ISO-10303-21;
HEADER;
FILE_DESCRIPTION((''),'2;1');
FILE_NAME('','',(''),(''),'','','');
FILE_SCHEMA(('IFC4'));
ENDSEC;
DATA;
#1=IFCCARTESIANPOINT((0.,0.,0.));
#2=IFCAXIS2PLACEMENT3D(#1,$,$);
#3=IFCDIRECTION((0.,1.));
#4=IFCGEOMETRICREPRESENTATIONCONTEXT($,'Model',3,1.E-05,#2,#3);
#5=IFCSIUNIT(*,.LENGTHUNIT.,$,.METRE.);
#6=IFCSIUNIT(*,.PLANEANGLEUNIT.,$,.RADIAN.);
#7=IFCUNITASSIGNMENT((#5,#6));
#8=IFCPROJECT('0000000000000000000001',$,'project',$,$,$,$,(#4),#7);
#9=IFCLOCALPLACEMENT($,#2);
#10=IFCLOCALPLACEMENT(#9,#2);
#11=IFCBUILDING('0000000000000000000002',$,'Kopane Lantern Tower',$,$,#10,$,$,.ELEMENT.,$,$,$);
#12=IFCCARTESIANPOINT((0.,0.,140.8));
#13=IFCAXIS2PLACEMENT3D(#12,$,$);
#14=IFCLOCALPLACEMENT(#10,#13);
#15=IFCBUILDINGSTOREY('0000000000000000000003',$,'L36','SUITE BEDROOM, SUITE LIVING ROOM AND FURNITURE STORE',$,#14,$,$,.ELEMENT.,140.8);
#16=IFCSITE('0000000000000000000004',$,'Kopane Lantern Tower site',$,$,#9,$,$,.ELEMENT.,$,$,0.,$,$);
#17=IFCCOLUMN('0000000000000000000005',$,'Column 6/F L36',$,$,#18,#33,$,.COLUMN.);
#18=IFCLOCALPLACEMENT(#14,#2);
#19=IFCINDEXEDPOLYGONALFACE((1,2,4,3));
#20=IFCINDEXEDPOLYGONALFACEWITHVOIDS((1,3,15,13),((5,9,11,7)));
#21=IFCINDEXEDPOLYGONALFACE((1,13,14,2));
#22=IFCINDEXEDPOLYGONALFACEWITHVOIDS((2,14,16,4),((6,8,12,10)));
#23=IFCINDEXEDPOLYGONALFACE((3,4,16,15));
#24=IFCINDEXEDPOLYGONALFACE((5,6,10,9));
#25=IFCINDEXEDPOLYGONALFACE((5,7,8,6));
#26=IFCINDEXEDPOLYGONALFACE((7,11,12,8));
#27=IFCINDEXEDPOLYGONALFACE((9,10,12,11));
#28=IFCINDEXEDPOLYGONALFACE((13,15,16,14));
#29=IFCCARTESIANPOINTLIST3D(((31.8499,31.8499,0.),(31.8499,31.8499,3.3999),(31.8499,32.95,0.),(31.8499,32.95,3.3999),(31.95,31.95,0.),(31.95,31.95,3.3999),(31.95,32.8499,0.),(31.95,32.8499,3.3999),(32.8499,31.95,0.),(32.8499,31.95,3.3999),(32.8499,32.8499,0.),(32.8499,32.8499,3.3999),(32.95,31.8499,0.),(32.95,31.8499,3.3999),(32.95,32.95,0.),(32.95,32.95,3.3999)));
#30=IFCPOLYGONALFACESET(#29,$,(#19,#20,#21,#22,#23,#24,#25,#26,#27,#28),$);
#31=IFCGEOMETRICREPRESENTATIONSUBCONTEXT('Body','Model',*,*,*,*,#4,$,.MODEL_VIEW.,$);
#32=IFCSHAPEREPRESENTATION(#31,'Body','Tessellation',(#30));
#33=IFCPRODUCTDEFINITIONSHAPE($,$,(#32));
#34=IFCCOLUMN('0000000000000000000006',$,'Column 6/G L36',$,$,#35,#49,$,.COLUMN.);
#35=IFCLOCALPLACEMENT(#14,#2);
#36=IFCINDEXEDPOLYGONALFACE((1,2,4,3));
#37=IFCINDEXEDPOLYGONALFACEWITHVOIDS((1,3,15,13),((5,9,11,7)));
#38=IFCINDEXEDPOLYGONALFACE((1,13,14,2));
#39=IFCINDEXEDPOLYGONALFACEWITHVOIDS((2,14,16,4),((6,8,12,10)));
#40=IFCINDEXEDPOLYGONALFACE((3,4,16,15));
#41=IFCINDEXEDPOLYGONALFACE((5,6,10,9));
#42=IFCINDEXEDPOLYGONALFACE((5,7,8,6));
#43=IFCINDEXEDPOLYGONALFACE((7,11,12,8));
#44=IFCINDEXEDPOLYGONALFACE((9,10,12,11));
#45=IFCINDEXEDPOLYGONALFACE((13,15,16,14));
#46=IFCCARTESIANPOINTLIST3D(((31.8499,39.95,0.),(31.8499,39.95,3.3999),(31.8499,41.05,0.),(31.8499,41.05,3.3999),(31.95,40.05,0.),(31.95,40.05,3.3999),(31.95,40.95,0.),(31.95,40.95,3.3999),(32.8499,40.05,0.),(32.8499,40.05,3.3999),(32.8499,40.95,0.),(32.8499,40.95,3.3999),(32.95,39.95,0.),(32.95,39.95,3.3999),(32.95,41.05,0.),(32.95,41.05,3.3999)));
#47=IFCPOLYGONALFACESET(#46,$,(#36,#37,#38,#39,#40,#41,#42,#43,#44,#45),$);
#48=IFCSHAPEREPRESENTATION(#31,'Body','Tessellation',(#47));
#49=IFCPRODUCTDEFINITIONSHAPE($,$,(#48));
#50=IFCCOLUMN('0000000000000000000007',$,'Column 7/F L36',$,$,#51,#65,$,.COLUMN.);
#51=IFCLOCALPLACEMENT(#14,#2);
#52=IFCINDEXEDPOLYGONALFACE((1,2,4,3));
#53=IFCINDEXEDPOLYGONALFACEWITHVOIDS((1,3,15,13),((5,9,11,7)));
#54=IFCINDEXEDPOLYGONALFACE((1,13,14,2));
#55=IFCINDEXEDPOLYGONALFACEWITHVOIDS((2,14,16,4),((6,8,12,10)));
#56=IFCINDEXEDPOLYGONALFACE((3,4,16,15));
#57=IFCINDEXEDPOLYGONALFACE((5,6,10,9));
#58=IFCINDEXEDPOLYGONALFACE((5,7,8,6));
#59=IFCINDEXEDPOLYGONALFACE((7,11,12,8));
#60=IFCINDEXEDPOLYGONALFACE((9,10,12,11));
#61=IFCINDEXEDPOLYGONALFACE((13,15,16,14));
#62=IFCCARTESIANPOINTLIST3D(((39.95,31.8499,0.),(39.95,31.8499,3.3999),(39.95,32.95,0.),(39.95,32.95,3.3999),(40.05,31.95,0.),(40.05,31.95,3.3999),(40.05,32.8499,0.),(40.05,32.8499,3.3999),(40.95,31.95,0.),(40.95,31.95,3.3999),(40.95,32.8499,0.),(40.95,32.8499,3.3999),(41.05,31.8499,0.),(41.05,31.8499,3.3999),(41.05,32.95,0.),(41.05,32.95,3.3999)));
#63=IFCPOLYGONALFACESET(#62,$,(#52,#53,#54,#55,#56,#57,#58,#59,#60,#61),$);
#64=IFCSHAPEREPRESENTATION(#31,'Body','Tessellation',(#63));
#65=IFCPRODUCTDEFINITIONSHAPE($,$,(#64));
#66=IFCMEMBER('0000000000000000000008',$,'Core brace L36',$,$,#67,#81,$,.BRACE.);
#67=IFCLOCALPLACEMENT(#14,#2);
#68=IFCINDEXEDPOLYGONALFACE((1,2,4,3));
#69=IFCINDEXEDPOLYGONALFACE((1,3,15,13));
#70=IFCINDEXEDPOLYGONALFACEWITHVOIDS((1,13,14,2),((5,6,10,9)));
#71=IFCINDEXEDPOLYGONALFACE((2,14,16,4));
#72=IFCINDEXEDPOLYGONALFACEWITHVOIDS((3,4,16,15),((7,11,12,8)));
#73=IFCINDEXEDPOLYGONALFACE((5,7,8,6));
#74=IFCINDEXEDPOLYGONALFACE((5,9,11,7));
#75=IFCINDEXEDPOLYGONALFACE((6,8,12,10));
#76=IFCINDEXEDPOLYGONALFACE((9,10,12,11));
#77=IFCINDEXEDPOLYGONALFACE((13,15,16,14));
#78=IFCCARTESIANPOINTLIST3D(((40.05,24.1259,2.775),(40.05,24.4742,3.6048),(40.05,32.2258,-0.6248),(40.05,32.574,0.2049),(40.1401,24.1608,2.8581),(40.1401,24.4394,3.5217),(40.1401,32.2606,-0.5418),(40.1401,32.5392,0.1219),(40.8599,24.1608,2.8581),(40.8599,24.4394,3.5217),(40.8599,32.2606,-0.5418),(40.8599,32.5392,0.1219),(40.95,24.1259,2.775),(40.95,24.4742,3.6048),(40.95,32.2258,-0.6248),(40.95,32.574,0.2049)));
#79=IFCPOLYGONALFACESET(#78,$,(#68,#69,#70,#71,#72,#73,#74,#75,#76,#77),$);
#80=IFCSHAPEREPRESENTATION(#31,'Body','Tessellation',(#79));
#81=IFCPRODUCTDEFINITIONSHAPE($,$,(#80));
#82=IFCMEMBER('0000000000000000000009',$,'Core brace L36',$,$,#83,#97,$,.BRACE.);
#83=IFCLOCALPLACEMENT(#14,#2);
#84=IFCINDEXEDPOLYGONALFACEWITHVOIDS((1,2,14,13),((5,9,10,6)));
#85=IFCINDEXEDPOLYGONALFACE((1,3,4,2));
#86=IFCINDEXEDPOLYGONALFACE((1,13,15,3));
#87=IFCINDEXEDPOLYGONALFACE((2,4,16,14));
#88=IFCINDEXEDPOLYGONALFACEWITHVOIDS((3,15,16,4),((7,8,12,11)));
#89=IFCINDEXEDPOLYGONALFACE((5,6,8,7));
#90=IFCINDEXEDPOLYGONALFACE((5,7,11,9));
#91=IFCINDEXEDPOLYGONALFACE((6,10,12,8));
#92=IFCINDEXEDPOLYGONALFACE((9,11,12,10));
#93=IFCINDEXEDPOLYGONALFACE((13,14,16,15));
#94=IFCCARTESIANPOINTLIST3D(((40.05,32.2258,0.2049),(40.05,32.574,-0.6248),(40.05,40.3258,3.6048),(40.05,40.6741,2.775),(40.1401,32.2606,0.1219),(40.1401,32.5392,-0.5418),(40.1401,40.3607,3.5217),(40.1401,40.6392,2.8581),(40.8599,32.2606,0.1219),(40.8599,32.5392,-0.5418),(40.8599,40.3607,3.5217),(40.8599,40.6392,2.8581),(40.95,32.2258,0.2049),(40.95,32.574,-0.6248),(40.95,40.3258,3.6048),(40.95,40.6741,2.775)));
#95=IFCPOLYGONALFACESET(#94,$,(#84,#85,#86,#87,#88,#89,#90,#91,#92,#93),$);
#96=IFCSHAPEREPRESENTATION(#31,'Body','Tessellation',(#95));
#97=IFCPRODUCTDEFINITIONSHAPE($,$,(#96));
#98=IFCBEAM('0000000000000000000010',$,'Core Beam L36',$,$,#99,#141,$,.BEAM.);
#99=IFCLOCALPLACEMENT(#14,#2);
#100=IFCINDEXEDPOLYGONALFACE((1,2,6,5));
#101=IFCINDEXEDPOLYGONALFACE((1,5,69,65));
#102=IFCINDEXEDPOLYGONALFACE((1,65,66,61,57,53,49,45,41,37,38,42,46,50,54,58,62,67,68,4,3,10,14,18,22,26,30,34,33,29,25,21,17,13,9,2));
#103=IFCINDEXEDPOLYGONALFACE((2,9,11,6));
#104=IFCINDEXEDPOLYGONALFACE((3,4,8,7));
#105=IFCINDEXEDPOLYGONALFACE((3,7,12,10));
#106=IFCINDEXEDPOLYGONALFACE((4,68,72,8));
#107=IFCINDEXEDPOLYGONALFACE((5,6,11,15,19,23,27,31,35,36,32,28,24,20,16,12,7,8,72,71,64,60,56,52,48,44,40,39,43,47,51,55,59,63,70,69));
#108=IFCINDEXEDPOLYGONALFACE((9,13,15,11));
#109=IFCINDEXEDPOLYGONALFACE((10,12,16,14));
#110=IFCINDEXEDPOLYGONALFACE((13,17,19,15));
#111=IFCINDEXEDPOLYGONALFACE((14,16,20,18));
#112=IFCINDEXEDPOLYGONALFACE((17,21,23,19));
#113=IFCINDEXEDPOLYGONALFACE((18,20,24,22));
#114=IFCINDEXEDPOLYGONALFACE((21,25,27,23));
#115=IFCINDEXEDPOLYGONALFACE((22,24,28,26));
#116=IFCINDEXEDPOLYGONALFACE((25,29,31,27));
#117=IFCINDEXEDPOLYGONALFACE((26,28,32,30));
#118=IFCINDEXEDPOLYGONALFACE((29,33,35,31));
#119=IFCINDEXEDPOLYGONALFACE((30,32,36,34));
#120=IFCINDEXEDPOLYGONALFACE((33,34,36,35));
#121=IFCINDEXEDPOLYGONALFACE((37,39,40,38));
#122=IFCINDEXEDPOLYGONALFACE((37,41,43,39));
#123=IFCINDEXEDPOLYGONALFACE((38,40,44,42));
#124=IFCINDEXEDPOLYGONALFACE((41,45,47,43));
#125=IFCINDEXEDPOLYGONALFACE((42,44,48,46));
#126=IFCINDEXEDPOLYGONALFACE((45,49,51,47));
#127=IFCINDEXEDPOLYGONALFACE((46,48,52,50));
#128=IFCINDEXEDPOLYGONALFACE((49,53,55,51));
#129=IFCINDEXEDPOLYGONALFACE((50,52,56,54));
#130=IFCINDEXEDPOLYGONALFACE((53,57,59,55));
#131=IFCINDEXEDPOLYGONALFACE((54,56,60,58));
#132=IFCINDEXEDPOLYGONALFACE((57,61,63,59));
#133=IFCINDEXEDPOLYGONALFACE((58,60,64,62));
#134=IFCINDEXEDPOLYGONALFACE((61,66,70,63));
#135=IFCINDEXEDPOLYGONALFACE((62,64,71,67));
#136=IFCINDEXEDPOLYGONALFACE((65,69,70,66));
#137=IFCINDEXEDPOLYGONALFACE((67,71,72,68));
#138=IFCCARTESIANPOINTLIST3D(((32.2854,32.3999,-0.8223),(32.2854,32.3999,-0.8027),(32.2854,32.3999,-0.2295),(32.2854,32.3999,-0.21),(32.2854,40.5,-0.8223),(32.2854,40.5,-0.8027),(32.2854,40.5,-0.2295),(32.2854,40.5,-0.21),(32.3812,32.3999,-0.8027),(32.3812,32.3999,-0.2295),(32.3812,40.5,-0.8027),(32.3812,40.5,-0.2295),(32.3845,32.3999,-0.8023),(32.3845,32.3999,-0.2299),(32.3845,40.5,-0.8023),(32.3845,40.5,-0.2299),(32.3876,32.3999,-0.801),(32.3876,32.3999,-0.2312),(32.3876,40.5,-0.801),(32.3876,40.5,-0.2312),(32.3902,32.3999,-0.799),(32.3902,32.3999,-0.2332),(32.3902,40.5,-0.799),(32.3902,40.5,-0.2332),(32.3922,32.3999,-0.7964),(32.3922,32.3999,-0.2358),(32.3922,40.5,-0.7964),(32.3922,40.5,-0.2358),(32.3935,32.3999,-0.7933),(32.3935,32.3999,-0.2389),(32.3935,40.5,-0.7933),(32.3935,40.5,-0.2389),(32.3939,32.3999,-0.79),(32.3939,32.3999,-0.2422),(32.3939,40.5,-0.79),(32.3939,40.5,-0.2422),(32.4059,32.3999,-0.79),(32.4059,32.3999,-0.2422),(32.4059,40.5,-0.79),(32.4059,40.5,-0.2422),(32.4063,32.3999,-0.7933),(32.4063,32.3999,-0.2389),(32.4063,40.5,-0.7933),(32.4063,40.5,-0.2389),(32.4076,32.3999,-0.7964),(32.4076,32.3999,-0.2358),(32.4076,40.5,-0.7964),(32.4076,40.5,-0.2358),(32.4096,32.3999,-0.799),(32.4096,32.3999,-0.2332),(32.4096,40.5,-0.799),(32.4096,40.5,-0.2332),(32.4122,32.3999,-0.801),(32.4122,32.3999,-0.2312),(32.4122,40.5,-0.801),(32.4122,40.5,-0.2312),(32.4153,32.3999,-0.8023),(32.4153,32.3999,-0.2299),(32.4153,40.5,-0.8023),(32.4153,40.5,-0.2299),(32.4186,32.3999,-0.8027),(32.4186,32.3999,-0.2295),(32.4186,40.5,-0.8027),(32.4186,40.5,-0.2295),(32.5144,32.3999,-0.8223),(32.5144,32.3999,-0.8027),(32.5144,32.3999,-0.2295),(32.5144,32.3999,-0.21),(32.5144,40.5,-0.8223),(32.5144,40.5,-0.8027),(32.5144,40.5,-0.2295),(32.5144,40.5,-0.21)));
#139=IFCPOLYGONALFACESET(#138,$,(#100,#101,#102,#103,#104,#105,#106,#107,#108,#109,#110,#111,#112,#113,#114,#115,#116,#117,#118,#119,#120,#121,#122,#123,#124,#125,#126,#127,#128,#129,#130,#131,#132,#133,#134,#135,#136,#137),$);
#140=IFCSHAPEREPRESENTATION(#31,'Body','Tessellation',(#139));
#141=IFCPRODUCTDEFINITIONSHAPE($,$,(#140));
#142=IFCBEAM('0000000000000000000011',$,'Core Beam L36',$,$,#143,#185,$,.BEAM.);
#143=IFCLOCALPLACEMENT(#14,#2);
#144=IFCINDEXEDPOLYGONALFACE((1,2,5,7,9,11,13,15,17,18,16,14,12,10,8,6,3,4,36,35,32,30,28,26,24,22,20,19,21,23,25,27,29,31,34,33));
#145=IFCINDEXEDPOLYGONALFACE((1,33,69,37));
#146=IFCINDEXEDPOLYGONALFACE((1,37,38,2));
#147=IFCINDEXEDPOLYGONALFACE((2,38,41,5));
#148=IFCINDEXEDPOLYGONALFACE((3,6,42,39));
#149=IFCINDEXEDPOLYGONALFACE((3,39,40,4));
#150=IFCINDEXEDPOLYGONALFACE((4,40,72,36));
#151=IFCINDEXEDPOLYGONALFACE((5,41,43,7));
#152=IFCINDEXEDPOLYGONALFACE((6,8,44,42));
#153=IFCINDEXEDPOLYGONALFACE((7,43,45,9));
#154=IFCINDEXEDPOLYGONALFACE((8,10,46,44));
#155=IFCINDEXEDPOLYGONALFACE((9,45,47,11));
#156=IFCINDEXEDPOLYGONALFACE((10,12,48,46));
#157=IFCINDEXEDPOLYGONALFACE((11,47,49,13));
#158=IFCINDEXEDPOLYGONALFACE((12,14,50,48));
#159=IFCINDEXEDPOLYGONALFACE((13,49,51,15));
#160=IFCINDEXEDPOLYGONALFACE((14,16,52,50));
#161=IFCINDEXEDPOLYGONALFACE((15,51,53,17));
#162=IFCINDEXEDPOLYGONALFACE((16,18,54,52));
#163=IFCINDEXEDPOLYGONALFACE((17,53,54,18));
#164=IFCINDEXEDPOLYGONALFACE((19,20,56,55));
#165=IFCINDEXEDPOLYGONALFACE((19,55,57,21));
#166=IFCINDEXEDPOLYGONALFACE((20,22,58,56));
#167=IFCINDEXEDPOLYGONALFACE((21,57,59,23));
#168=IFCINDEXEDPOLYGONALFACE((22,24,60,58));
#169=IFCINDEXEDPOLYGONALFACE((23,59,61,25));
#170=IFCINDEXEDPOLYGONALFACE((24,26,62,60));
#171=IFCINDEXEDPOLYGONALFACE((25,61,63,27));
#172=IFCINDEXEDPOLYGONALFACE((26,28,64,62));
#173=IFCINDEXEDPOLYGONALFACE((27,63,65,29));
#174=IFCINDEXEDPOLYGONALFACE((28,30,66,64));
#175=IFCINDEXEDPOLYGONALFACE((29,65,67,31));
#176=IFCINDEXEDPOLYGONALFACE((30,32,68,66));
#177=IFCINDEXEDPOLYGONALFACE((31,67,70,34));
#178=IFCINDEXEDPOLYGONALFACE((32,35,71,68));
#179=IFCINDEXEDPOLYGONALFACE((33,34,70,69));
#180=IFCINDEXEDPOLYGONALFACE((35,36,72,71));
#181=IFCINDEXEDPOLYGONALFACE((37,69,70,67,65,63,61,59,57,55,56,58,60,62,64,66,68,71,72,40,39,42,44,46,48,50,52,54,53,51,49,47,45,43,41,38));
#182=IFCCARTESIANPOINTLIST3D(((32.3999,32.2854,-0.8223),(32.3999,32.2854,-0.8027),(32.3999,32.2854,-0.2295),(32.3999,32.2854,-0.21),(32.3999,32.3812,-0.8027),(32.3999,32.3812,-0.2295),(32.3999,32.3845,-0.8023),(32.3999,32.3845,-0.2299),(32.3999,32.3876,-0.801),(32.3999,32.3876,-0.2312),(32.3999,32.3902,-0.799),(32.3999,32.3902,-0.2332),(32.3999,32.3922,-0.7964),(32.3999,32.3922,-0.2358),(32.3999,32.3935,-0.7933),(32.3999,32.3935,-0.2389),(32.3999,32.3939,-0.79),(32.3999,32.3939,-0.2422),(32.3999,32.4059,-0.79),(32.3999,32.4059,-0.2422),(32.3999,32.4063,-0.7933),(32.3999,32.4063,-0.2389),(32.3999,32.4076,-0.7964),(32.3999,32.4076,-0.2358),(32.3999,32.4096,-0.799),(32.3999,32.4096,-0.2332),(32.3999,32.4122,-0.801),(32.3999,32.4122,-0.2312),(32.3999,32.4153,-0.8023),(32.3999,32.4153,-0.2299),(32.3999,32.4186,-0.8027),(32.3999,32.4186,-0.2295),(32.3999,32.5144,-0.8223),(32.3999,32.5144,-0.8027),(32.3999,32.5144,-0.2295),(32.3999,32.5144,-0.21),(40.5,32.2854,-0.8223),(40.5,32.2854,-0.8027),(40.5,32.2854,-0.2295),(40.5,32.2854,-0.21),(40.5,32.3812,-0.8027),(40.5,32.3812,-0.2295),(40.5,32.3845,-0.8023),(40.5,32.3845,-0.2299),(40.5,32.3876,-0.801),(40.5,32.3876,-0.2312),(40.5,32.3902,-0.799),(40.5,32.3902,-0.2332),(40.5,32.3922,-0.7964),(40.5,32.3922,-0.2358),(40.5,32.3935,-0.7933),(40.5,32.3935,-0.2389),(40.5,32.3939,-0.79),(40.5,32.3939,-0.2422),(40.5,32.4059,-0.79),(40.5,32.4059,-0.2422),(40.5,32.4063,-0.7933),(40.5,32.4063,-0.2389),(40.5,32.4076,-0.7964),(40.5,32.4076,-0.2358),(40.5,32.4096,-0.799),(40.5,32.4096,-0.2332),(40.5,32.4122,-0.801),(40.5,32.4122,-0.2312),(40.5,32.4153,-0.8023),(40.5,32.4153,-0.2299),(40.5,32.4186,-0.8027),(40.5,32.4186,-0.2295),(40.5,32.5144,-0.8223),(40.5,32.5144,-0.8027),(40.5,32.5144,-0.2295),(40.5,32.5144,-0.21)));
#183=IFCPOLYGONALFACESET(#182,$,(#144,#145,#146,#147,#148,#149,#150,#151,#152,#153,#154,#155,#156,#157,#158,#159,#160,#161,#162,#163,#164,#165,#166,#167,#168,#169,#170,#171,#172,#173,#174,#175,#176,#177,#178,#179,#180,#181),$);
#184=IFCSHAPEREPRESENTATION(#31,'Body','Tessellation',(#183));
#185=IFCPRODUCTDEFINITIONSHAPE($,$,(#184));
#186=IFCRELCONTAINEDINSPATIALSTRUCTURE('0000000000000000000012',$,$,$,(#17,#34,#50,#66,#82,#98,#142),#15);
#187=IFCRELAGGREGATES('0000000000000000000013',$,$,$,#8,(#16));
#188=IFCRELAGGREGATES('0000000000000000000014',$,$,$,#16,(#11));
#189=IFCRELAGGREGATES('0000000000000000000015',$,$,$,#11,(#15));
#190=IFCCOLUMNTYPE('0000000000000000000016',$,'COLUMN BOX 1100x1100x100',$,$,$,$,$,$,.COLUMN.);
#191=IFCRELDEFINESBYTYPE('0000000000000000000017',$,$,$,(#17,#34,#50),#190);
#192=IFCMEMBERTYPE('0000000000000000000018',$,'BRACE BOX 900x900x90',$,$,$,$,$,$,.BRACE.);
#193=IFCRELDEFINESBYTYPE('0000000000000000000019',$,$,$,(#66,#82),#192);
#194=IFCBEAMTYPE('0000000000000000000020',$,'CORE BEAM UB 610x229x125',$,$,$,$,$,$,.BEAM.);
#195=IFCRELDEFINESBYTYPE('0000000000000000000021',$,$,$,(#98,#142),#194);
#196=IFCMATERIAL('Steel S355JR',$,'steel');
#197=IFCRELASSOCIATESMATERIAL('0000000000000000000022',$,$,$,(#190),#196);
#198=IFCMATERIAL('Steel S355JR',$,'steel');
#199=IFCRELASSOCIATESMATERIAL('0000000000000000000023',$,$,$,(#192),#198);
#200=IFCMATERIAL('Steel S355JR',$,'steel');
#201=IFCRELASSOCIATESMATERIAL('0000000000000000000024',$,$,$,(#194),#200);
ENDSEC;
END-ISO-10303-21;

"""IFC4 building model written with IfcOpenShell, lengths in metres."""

from ifc_helpers import new_model, si_unit, direction, frame, origin, origin_2d, place, context, subcontext, project, spatial, hollow_rectangle, i_section, extrude, material, material_profile, profile_set, type_object, element, save


model = new_model("IFC4")

# Units and contexts
model_context = context("Model", 3, precision=1e-05, world=origin(), true_north=direction((0.0, 1.0)))
body_context = subcontext(model_context, "Body", "Model", "MODEL_VIEW")
ifc_project = project(units=[si_unit("LENGTHUNIT", "METRE"), si_unit("PLANEANGLEUNIT", "RADIAN")], contexts=[model_context])

# Site, building, storey
site_placement = place(None, origin())
site = spatial("IfcSite", under=ifc_project, at=site_placement, Name="Kopane Lantern Tower site", CompositionType="ELEMENT", RefElevation=0.0)
building_placement = place(site_placement, origin())
building = spatial("IfcBuilding", under=site, at=building_placement, Name="Kopane Lantern Tower", CompositionType="ELEMENT")
storey_placement = place(building_placement, frame((0.0, 0.0, 140.8)))
storey = spatial("IfcBuildingStorey", under=building, at=storey_placement, Name="L36", Description="SUITE BEDROOM, SUITE LIVING ROOM AND FURNITURE STORE", CompositionType="ELEMENT", Elevation=140.8)

# Columns
ifc_material_1 = material(Name="Steel S355JR", Category="steel")
ifc_material_profile_1 = material_profile(ifc_material_1, hollow_rectangle(XDim=1.1001, YDim=1.1001, WallThickness=0.1001, at=origin_2d()), Name="BOX 1100x1100x100")
ifc_profile_set_1 = profile_set([ifc_material_profile_1], Name="Steel S355JR")
column_type = type_object("IfcColumnType", Name="COLUMN BOX 1100x1100x100", PredefinedType="COLUMN", material=ifc_profile_set_1)
for number, where, z_axis, x_axis, name in (
    (1, (32.3999, 32.3999, 0.0), (0.0, 0.0, 1.0), (1.0, 0.0, 0.0), "Column 6/F L36"),
    (2, (32.3999, 40.5, 0.0), (0.0, 0.0, 1.0), (1.0, 0.0, 0.0), "Column 6/G L36"),
    (3, (40.5, 32.3999, 0.0), (0.0, 0.0, 1.0), (1.0, 0.0, 0.0), "Column 7/F L36"),
):
    element("IfcColumn", number, at=place(storey_placement, frame(where, z_axis=z_axis, x_axis=x_axis)), inside=storey, type_object=column_type, Name=name, PredefinedType="COLUMN", context=body_context, shape_type="SweptSolid", body=[
        extrude(hollow_rectangle(XDim=1.1001, YDim=1.1001, WallThickness=0.1001, at=origin_2d()), origin(), (0.0, 0.0, 1.0), 3.3999),
    ])

# Members
ifc_material_2 = material(Name="Steel S355JR", Category="steel")
ifc_material_profile_2 = material_profile(ifc_material_2, hollow_rectangle(XDim=0.8999, YDim=0.8999, WallThickness=0.0901, at=origin_2d()), Name="BOX 900x900x90")
ifc_profile_set_2 = profile_set([ifc_material_profile_2], Name="Steel S355JR")
member_type = type_object("IfcMemberType", Name="BRACE BOX 900x900x90", PredefinedType="BRACE", material=ifc_profile_set_2)
member_1_placement = place(storey_placement, frame((40.5, 32.3999, -0.21), z_axis=(0.0, -0.922065, 0.387035), x_axis=(1.0, 0.0, 0.0)))
element("IfcMember", 4, at=member_1_placement, inside=storey, type_object=member_type, Name="Core brace L36", PredefinedType="BRACE", context=body_context, shape_type="SweptSolid", body=[
    extrude(hollow_rectangle(XDim=0.8999, YDim=0.8999, WallThickness=0.0901, at=origin_2d()), origin(), (0.0, 0.0, 1.0), 8.7844),
])
member_2_placement = place(storey_placement, frame((40.5, 32.3999, -0.21), z_axis=(0.0, 0.922069, 0.387026), x_axis=(-1.0, 0.0, 0.0)))
element("IfcMember", 5, at=member_2_placement, inside=storey, type_object=member_type, Name="Core brace L36", PredefinedType="BRACE", context=body_context, shape_type="SweptSolid", body=[
    extrude(hollow_rectangle(XDim=0.8999, YDim=0.8999, WallThickness=0.0901, at=origin_2d()), origin(), (0.0, 0.0, 1.0), 8.7847),
])

# Beams
ifc_material_3 = material(Name="Steel S355JR", Category="steel")
ifc_material_profile_3 = material_profile(ifc_material_3, i_section(OverallWidth=0.229, OverallDepth=0.6123, WebThickness=0.012, FlangeThickness=0.0195, FilletRadius=0.0127, at=origin_2d()), Name="UB 610x229x125")
ifc_profile_set_3 = profile_set([ifc_material_profile_3], Name="Steel S355JR")
beam_type_1 = type_object("IfcBeamType", Name="CORE BEAM UB 610x229x125", PredefinedType="BEAM", material=ifc_profile_set_3)
for number, where, z_axis, x_axis, name in (
    (6, (32.3999, 32.3999, -0.5161), (0.0, 1.0, 0.0), (-1.0, 0.0, 0.0), "Core Beam L36"),
    (7, (32.3999, 32.3999, -0.5161), (1.0, 0.0, 0.0), (0.0, 1.0, 0.0), "Core Beam L36"),
):
    element("IfcBeam", number, at=place(storey_placement, frame(where, z_axis=z_axis, x_axis=x_axis)), inside=storey, type_object=beam_type_1, Name=name, PredefinedType="BEAM", context=body_context, shape_type="SweptSolid", body=[
        extrude(i_section(OverallWidth=0.229, OverallDepth=0.6123, WebThickness=0.012, FlangeThickness=0.0195, FilletRadius=0.0127, at=origin_2d()), origin(), (0.0, 0.0, 1.0), 8.1001),
    ])

save(model, "model.ifc")
